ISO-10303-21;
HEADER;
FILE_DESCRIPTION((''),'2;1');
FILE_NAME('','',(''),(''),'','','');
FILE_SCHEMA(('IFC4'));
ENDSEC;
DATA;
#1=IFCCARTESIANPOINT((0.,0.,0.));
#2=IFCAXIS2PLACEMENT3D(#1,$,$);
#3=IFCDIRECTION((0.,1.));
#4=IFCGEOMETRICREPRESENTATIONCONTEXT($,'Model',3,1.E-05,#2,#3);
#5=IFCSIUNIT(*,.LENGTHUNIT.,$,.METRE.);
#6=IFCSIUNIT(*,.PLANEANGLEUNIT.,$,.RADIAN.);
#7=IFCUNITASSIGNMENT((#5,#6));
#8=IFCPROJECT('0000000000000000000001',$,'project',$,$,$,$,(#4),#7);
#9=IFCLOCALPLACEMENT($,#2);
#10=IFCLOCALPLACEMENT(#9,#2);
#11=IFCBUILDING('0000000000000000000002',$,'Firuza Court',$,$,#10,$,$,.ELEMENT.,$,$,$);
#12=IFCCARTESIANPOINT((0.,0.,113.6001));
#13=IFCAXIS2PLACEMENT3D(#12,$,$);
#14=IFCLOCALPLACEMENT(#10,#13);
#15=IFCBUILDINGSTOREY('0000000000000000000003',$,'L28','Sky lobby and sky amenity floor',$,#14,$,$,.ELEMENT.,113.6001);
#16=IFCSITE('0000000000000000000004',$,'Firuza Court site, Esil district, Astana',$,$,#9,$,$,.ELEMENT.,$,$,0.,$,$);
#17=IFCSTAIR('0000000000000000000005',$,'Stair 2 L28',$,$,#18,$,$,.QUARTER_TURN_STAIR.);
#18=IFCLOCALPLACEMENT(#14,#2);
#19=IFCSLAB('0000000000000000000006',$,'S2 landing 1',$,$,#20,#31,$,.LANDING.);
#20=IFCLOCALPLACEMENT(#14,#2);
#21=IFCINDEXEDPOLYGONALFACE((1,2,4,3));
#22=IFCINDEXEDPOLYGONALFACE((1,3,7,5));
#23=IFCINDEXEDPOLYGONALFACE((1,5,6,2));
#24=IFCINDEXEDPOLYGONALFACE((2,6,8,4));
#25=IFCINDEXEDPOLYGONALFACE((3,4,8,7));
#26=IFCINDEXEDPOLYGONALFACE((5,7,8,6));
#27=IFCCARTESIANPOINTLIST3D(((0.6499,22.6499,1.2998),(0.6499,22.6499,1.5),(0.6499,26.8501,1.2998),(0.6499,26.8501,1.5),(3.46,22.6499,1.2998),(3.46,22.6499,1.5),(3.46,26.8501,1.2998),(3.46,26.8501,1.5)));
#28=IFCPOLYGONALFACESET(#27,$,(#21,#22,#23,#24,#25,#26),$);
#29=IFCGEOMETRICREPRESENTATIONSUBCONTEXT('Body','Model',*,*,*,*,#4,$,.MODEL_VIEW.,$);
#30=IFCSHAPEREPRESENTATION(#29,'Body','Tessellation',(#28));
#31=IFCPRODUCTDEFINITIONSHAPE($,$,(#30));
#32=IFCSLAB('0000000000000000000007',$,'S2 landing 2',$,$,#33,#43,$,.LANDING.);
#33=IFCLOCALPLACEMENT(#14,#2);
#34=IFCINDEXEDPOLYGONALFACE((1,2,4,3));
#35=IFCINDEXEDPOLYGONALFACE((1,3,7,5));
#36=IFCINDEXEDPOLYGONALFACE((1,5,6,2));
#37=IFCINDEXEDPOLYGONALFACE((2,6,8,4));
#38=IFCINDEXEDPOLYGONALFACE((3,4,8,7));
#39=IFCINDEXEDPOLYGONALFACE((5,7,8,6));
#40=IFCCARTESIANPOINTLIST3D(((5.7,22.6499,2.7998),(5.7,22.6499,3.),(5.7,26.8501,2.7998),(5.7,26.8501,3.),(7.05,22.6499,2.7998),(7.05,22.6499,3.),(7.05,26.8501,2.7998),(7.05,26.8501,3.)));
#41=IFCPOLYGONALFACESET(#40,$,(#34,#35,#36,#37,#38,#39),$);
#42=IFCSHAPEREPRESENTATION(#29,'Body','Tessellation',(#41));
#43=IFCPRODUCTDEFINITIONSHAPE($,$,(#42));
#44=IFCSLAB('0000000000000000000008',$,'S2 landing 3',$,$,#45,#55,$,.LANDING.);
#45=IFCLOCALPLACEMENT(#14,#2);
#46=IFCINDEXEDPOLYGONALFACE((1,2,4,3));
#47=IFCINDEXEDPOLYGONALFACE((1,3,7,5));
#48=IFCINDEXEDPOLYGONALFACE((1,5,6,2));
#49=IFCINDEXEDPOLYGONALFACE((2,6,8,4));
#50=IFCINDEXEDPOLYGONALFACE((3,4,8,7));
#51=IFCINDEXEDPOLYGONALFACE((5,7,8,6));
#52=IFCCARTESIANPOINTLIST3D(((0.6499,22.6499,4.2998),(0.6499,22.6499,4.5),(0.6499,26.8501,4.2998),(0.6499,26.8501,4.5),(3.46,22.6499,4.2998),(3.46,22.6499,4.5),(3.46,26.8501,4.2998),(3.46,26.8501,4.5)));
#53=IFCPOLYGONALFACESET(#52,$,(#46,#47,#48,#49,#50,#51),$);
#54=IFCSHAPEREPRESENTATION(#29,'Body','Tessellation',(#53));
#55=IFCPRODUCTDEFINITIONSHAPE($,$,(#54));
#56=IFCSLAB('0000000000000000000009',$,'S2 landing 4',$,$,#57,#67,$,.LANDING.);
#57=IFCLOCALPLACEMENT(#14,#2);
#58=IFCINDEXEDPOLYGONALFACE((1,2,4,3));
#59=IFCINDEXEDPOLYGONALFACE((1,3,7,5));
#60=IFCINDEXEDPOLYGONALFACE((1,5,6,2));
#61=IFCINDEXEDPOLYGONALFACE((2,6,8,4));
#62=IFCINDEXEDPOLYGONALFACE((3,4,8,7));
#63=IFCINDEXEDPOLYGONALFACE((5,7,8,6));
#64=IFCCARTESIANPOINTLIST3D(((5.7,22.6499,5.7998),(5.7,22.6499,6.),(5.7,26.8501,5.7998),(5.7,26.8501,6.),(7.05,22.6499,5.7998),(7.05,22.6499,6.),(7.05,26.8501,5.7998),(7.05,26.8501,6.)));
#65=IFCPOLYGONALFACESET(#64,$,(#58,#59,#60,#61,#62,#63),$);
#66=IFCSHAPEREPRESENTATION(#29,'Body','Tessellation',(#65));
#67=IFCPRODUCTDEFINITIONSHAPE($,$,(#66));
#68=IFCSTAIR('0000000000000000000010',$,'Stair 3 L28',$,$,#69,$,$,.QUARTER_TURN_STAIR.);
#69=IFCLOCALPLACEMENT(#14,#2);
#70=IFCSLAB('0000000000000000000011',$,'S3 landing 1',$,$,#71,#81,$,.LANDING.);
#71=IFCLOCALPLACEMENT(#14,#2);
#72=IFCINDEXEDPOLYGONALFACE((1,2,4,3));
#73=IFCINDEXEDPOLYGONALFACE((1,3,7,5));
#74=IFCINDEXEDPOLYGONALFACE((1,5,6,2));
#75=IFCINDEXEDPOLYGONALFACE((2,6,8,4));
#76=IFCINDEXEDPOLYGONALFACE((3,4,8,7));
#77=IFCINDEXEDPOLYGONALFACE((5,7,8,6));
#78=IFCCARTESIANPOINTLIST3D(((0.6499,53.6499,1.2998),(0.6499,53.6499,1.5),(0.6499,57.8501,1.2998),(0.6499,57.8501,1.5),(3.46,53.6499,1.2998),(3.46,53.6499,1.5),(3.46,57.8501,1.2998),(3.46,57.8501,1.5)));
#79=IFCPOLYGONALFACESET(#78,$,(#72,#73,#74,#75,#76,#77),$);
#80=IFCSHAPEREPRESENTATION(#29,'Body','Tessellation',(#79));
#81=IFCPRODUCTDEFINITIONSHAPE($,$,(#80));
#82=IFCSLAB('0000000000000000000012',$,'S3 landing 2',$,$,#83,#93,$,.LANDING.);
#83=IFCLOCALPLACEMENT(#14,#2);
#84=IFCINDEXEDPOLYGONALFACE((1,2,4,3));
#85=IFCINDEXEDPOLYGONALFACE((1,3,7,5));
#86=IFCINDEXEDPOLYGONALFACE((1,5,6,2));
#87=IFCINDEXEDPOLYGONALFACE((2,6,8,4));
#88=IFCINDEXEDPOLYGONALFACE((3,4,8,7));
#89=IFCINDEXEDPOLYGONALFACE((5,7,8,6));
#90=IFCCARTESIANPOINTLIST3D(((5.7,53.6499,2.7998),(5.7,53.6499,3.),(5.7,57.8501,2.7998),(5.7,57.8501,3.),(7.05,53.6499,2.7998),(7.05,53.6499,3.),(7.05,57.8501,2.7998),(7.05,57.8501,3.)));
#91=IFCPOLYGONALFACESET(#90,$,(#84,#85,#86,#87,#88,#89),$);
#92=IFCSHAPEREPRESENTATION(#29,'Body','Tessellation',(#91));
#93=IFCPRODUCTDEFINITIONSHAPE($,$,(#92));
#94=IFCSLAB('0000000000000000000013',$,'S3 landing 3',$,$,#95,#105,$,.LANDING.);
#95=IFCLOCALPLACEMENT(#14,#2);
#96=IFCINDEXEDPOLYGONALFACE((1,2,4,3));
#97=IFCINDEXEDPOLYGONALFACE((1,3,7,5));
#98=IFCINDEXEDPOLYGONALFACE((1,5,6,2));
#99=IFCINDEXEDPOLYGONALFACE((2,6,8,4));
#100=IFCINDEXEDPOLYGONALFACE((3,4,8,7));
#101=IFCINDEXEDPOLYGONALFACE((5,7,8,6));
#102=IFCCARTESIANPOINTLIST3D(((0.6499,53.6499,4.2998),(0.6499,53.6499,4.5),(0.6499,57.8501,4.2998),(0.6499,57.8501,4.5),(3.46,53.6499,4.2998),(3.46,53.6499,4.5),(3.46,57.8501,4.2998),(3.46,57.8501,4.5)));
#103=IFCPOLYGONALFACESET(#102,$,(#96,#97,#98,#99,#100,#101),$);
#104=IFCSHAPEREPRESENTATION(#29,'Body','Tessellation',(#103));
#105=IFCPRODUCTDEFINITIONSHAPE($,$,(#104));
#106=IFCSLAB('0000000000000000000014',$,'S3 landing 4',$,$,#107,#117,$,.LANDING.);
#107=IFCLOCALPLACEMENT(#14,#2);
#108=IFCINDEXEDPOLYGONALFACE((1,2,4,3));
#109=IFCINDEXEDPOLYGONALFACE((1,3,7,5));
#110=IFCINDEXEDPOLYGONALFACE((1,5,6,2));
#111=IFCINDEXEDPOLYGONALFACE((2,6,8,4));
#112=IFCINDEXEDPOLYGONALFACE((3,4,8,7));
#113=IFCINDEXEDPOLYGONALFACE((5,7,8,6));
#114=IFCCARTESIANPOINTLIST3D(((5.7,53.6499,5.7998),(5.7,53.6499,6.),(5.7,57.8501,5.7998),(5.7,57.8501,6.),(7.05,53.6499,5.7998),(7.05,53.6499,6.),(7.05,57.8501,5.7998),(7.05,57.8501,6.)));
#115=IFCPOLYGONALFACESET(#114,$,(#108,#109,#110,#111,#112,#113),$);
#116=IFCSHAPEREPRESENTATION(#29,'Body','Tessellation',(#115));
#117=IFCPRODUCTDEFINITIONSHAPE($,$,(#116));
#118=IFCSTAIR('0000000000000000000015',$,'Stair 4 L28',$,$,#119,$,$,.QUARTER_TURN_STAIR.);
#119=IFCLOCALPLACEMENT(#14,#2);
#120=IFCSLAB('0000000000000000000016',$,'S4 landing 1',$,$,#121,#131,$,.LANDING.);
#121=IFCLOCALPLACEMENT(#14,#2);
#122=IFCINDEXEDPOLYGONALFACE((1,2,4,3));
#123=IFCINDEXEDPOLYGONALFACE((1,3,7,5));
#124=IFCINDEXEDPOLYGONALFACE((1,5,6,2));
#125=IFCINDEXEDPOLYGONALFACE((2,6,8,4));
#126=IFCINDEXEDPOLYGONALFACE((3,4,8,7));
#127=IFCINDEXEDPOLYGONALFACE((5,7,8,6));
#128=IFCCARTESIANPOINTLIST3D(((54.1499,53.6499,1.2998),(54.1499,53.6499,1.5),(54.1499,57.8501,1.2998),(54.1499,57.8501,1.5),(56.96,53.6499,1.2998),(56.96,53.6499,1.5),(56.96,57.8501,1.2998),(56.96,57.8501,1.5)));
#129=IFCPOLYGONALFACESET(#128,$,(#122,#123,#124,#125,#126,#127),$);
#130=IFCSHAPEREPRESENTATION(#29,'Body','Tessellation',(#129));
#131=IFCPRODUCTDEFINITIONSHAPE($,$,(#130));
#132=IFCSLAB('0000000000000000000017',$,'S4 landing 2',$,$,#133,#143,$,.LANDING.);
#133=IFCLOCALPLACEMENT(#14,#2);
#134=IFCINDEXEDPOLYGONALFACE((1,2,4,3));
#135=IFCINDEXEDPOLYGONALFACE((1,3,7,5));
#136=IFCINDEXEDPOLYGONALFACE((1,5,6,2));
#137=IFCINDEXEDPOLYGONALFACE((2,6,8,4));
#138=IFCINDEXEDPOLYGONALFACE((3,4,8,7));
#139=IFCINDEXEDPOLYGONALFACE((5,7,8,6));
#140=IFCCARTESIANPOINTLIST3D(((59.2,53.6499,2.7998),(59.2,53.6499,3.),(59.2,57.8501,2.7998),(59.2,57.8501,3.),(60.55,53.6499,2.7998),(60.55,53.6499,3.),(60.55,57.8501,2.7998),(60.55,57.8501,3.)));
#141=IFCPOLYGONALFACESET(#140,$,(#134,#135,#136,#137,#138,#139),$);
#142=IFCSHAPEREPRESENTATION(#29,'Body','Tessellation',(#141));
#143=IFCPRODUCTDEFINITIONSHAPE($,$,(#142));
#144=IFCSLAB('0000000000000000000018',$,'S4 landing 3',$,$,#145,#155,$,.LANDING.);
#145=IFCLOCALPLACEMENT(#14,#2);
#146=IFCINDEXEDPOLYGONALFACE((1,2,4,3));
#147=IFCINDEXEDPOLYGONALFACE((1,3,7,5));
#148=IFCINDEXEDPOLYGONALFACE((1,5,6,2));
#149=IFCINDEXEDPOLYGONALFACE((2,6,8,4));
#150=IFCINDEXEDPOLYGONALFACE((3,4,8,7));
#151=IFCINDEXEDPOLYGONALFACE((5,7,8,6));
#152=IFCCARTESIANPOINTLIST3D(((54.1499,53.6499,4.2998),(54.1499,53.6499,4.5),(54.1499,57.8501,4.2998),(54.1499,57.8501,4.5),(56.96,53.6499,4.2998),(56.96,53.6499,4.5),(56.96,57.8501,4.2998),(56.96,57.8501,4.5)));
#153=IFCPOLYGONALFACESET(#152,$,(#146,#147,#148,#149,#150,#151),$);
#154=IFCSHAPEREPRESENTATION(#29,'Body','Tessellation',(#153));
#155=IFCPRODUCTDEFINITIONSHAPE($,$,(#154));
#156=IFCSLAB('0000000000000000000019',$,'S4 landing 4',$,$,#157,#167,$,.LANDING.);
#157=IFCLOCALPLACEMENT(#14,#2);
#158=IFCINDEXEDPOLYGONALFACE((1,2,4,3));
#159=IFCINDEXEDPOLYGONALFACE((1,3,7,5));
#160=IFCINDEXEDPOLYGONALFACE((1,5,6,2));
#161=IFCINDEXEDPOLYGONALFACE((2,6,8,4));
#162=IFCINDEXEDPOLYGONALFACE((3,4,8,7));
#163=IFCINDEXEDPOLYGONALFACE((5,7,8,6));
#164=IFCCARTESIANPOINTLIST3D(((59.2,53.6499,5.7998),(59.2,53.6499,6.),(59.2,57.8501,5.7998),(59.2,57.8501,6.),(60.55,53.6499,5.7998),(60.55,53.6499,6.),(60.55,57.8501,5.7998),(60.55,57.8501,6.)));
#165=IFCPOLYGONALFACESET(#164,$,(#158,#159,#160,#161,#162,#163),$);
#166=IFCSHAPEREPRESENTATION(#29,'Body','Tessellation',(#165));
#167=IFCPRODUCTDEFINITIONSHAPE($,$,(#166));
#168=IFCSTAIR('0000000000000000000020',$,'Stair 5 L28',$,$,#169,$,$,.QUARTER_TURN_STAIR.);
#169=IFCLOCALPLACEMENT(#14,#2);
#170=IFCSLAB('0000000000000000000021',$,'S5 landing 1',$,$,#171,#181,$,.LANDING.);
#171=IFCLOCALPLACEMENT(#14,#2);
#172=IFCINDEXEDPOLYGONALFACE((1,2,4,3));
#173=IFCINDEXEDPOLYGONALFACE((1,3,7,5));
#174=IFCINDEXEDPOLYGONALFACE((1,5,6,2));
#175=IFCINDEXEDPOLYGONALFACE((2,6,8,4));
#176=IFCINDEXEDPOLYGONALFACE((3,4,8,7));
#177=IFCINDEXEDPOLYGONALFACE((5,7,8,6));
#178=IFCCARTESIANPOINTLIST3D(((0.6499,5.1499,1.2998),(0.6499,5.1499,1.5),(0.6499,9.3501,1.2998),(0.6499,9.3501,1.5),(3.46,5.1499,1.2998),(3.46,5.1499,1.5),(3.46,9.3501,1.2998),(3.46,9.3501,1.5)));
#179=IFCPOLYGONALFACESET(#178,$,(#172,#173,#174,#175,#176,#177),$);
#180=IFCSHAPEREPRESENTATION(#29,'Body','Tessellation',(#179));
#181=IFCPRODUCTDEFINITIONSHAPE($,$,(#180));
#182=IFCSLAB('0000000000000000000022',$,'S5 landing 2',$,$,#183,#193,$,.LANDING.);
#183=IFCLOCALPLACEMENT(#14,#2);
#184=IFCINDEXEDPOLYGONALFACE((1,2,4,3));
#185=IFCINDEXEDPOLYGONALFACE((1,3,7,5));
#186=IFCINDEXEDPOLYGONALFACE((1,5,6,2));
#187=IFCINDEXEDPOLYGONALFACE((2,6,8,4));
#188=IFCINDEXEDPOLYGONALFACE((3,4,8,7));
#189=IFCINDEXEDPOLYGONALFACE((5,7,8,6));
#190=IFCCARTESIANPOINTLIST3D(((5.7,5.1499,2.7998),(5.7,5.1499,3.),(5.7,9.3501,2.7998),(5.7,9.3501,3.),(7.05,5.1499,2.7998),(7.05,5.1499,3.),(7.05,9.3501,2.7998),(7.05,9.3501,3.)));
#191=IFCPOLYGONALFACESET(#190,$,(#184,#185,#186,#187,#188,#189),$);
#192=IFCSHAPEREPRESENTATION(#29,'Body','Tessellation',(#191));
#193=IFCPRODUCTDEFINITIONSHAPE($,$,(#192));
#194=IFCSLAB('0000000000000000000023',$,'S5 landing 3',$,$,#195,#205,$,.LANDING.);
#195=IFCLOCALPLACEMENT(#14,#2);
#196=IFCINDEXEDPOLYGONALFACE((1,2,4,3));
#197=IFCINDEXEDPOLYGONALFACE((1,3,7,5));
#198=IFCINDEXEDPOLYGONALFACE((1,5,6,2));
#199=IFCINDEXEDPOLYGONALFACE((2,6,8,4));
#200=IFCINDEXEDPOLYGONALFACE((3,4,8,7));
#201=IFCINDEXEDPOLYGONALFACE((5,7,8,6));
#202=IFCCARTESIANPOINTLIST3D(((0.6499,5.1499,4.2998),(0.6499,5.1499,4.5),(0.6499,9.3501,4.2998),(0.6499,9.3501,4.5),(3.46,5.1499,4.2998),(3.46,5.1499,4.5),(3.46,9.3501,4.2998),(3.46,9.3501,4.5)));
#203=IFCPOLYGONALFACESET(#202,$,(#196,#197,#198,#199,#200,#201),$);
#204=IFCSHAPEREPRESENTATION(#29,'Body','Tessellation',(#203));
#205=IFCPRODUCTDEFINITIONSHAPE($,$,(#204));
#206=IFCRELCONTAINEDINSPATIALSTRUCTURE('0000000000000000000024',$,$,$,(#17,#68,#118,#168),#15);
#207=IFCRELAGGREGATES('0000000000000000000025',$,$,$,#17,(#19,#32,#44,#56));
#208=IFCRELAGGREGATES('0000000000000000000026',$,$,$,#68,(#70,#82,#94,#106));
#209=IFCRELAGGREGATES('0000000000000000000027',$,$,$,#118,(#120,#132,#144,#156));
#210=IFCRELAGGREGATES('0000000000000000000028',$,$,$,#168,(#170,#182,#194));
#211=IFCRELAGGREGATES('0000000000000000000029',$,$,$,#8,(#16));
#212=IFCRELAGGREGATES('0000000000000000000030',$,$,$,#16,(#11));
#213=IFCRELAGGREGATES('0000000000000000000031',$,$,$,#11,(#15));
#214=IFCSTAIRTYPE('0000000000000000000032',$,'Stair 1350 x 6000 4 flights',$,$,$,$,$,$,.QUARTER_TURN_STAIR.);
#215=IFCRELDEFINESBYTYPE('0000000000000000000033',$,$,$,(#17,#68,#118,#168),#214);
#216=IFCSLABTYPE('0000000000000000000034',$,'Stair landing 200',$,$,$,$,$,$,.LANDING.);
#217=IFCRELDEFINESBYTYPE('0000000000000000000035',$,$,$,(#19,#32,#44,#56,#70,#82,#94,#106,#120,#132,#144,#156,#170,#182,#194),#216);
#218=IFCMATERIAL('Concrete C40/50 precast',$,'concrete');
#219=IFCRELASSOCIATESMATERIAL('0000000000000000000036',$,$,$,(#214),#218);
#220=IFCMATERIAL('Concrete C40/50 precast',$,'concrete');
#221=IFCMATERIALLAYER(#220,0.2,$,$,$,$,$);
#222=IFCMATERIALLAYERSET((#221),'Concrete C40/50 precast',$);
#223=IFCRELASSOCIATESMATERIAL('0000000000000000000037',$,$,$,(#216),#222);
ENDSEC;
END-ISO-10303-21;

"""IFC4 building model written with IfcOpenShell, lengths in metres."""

from ifc_helpers import new_model, si_unit, direction, frame, origin, place, context, subcontext, project, spatial, polyline, outline, extrude, material, layer, layer_set, type_object, element, aggregate, save


model = new_model("IFC4")

# Units and contexts
model_context = context("Model", 3, precision=1e-05, world=origin(), true_north=direction((0.0, 1.0)))
body_context = subcontext(model_context, "Body", "Model", "MODEL_VIEW")
ifc_project = project(units=[si_unit("LENGTHUNIT", "METRE"), si_unit("PLANEANGLEUNIT", "RADIAN")], contexts=[model_context])

# Site, building, storey
site_placement = place(None, origin())
site = spatial("IfcSite", under=ifc_project, at=site_placement, Name="Firuza Court site, Esil district, Astana", CompositionType="ELEMENT", RefElevation=0.0)
building_placement = place(site_placement, origin())
building = spatial("IfcBuilding", under=site, at=building_placement, Name="Firuza Court", CompositionType="ELEMENT")
storey_placement = place(building_placement, frame((0.0, 0.0, 113.6001)))
storey = spatial("IfcBuildingStorey", under=building, at=storey_placement, Name="L28", Description="Sky lobby and sky amenity floor", CompositionType="ELEMENT", Elevation=113.6001)

# Stairs, slabs
ifc_material_1 = material(Name="Concrete C40/50 precast", Category="concrete")
stair_type = type_object("IfcStairType", Name="Stair 1350 x 6000 4 flights", PredefinedType="QUARTER_TURN_STAIR", material=ifc_material_1)
ifc_material_2 = material(Name="Concrete C40/50 precast", Category="concrete")
ifc_layer_1 = layer(ifc_material_2, 0.2)
ifc_layer_set_1 = layer_set([ifc_layer_1], Name="Concrete C40/50 precast")
slab_type_1 = type_object("IfcSlabType", Name="Stair landing 200", PredefinedType="LANDING", material=ifc_layer_set_1)
stair_1_placement = place(storey_placement, origin())
stair_1 = element("IfcStair", 1, at=stair_1_placement, inside=storey, type_object=stair_type, Name="Stair 2 L28", PredefinedType="QUARTER_TURN_STAIR")
slab_1_placement = place(storey_placement, frame((0.0, 0.0, 1.2998)))
slab_1 = element("IfcSlab", 2, at=slab_1_placement, type_object=slab_type_1, Name="S2 landing 1", PredefinedType="LANDING", context=body_context, shape_type="SweptSolid", body=[
    extrude(outline(polyline([(3.46, 22.6499), (3.46, 26.8501), (0.6499, 26.8501), (0.6499, 22.6499), (3.46, 22.6499)])), origin(), (0.0, 0.0, 1.0), 0.2002),
])
slab_2_placement = place(storey_placement, frame((0.0, 0.0, 2.7998)))
slab_2 = element("IfcSlab", 3, at=slab_2_placement, type_object=slab_type_1, Name="S2 landing 2", PredefinedType="LANDING", context=body_context, shape_type="SweptSolid", body=[
    extrude(outline(polyline([(7.05, 22.6499), (7.05, 26.8501), (5.7, 26.8501), (5.7, 22.6499), (7.05, 22.6499)])), origin(), (0.0, 0.0, 1.0), 0.2002),
])
slab_3_placement = place(storey_placement, frame((0.0, 0.0, 4.2998)))
slab_3 = element("IfcSlab", 4, at=slab_3_placement, type_object=slab_type_1, Name="S2 landing 3", PredefinedType="LANDING", context=body_context, shape_type="SweptSolid", body=[
    extrude(outline(polyline([(3.46, 22.6499), (3.46, 26.8501), (0.6499, 26.8501), (0.6499, 22.6499), (3.46, 22.6499)])), origin(), (0.0, 0.0, 1.0), 0.2002),
])
slab_4_placement = place(storey_placement, frame((0.0, 0.0, 5.7998)))
slab_4 = element("IfcSlab", 5, at=slab_4_placement, type_object=slab_type_1, Name="S2 landing 4", PredefinedType="LANDING", context=body_context, shape_type="SweptSolid", body=[
    extrude(outline(polyline([(7.05, 22.6499), (7.05, 26.8501), (5.7, 26.8501), (5.7, 22.6499), (7.05, 22.6499)])), origin(), (0.0, 0.0, 1.0), 0.2002),
])
aggregate(stair_1, [slab_1, slab_2, slab_3, slab_4])
stair_2_placement = place(storey_placement, origin())
stair_2 = element("IfcStair", 6, at=stair_2_placement, inside=storey, type_object=stair_type, Name="Stair 3 L28", PredefinedType="QUARTER_TURN_STAIR")
slab_5_placement = place(storey_placement, frame((0.0, 0.0, 1.2998)))
slab_5 = element("IfcSlab", 7, at=slab_5_placement, type_object=slab_type_1, Name="S3 landing 1", PredefinedType="LANDING", context=body_context, shape_type="SweptSolid", body=[
    extrude(outline(polyline([(3.46, 53.6499), (3.46, 57.8501), (0.6499, 57.8501), (0.6499, 53.6499), (3.46, 53.6499)])), origin(), (0.0, 0.0, 1.0), 0.2002),
])
slab_6_placement = place(storey_placement, frame((0.0, 0.0, 2.7998)))
slab_6 = element("IfcSlab", 8, at=slab_6_placement, type_object=slab_type_1, Name="S3 landing 2", PredefinedType="LANDING", context=body_context, shape_type="SweptSolid", body=[
    extrude(outline(polyline([(7.05, 53.6499), (7.05, 57.8501), (5.7, 57.8501), (5.7, 53.6499), (7.05, 53.6499)])), origin(), (0.0, 0.0, 1.0), 0.2002),
])
slab_7_placement = place(storey_placement, frame((0.0, 0.0, 4.2998)))
slab_7 = element("IfcSlab", 9, at=slab_7_placement, type_object=slab_type_1, Name="S3 landing 3", PredefinedType="LANDING", context=body_context, shape_type="SweptSolid", body=[
    extrude(outline(polyline([(3.46, 53.6499), (3.46, 57.8501), (0.6499, 57.8501), (0.6499, 53.6499), (3.46, 53.6499)])), origin(), (0.0, 0.0, 1.0), 0.2002),
])
slab_8_placement = place(storey_placement, frame((0.0, 0.0, 5.7998)))
slab_8 = element("IfcSlab", 10, at=slab_8_placement, type_object=slab_type_1, Name="S3 landing 4", PredefinedType="LANDING", context=body_context, shape_type="SweptSolid", body=[
    extrude(outline(polyline([(7.05, 53.6499), (7.05, 57.8501), (5.7, 57.8501), (5.7, 53.6499), (7.05, 53.6499)])), origin(), (0.0, 0.0, 1.0), 0.2002),
])
aggregate(stair_2, [slab_5, slab_6, slab_7, slab_8])
stair_3_placement = place(storey_placement, origin())
stair_3 = element("IfcStair", 11, at=stair_3_placement, inside=storey, type_object=stair_type, Name="Stair 4 L28", PredefinedType="QUARTER_TURN_STAIR")
slab_9_placement = place(storey_placement, frame((0.0, 0.0, 1.2998)))
slab_9 = element("IfcSlab", 12, at=slab_9_placement, type_object=slab_type_1, Name="S4 landing 1", PredefinedType="LANDING", context=body_context, shape_type="SweptSolid", body=[
    extrude(outline(polyline([(56.96, 53.6499), (56.96, 57.8501), (54.1499, 57.8501), (54.1499, 53.6499), (56.96, 53.6499)])), origin(), (0.0, 0.0, 1.0), 0.2002),
])
slab_10_placement = place(storey_placement, frame((0.0, 0.0, 2.7998)))
slab_10 = element("IfcSlab", 13, at=slab_10_placement, type_object=slab_type_1, Name="S4 landing 2", PredefinedType="LANDING", context=body_context, shape_type="SweptSolid", body=[
    extrude(outline(polyline([(60.55, 53.6499), (60.55, 57.8501), (59.2, 57.8501), (59.2, 53.6499), (60.55, 53.6499)])), origin(), (0.0, 0.0, 1.0), 0.2002),
])
slab_11_placement = place(storey_placement, frame((0.0, 0.0, 4.2998)))
slab_11 = element("IfcSlab", 14, at=slab_11_placement, type_object=slab_type_1, Name="S4 landing 3", PredefinedType="LANDING", context=body_context, shape_type="SweptSolid", body=[
    extrude(outline(polyline([(56.96, 53.6499), (56.96, 57.8501), (54.1499, 57.8501), (54.1499, 53.6499), (56.96, 53.6499)])), origin(), (0.0, 0.0, 1.0), 0.2002),
])
slab_12_placement = place(storey_placement, frame((0.0, 0.0, 5.7998)))
slab_12 = element("IfcSlab", 15, at=slab_12_placement, type_object=slab_type_1, Name="S4 landing 4", PredefinedType="LANDING", context=body_context, shape_type="SweptSolid", body=[
    extrude(outline(polyline([(60.55, 53.6499), (60.55, 57.8501), (59.2, 57.8501), (59.2, 53.6499), (60.55, 53.6499)])), origin(), (0.0, 0.0, 1.0), 0.2002),
])
aggregate(stair_3, [slab_9, slab_10, slab_11, slab_12])
stair_4_placement = place(storey_placement, origin())
stair_4 = element("IfcStair", 16, at=stair_4_placement, inside=storey, type_object=stair_type, Name="Stair 5 L28", PredefinedType="QUARTER_TURN_STAIR")
slab_13_placement = place(storey_placement, frame((0.0, 0.0, 1.2998)))
slab_13 = element("IfcSlab", 17, at=slab_13_placement, type_object=slab_type_1, Name="S5 landing 1", PredefinedType="LANDING", context=body_context, shape_type="SweptSolid", body=[
    extrude(outline(polyline([(3.46, 5.1499), (3.46, 9.3501), (0.6499, 9.3501), (0.6499, 5.1499), (3.46, 5.1499)])), origin(), (0.0, 0.0, 1.0), 0.2002),
])
slab_14_placement = place(storey_placement, frame((0.0, 0.0, 2.7998)))
slab_14 = element("IfcSlab", 18, at=slab_14_placement, type_object=slab_type_1, Name="S5 landing 2", PredefinedType="LANDING", context=body_context, shape_type="SweptSolid", body=[
    extrude(outline(polyline([(7.05, 5.1499), (7.05, 9.3501), (5.7, 9.3501), (5.7, 5.1499), (7.05, 5.1499)])), origin(), (0.0, 0.0, 1.0), 0.2002),
])
slab_15_placement = place(storey_placement, frame((0.0, 0.0, 4.2998)))
slab_15 = element("IfcSlab", 19, at=slab_15_placement, type_object=slab_type_1, Name="S5 landing 3", PredefinedType="LANDING", context=body_context, shape_type="SweptSolid", body=[
    extrude(outline(polyline([(3.46, 5.1499), (3.46, 9.3501), (0.6499, 9.3501), (0.6499, 5.1499), (3.46, 5.1499)])), origin(), (0.0, 0.0, 1.0), 0.2002),
])
aggregate(stair_4, [slab_13, slab_14, slab_15])

save(model, "model.ifc")
